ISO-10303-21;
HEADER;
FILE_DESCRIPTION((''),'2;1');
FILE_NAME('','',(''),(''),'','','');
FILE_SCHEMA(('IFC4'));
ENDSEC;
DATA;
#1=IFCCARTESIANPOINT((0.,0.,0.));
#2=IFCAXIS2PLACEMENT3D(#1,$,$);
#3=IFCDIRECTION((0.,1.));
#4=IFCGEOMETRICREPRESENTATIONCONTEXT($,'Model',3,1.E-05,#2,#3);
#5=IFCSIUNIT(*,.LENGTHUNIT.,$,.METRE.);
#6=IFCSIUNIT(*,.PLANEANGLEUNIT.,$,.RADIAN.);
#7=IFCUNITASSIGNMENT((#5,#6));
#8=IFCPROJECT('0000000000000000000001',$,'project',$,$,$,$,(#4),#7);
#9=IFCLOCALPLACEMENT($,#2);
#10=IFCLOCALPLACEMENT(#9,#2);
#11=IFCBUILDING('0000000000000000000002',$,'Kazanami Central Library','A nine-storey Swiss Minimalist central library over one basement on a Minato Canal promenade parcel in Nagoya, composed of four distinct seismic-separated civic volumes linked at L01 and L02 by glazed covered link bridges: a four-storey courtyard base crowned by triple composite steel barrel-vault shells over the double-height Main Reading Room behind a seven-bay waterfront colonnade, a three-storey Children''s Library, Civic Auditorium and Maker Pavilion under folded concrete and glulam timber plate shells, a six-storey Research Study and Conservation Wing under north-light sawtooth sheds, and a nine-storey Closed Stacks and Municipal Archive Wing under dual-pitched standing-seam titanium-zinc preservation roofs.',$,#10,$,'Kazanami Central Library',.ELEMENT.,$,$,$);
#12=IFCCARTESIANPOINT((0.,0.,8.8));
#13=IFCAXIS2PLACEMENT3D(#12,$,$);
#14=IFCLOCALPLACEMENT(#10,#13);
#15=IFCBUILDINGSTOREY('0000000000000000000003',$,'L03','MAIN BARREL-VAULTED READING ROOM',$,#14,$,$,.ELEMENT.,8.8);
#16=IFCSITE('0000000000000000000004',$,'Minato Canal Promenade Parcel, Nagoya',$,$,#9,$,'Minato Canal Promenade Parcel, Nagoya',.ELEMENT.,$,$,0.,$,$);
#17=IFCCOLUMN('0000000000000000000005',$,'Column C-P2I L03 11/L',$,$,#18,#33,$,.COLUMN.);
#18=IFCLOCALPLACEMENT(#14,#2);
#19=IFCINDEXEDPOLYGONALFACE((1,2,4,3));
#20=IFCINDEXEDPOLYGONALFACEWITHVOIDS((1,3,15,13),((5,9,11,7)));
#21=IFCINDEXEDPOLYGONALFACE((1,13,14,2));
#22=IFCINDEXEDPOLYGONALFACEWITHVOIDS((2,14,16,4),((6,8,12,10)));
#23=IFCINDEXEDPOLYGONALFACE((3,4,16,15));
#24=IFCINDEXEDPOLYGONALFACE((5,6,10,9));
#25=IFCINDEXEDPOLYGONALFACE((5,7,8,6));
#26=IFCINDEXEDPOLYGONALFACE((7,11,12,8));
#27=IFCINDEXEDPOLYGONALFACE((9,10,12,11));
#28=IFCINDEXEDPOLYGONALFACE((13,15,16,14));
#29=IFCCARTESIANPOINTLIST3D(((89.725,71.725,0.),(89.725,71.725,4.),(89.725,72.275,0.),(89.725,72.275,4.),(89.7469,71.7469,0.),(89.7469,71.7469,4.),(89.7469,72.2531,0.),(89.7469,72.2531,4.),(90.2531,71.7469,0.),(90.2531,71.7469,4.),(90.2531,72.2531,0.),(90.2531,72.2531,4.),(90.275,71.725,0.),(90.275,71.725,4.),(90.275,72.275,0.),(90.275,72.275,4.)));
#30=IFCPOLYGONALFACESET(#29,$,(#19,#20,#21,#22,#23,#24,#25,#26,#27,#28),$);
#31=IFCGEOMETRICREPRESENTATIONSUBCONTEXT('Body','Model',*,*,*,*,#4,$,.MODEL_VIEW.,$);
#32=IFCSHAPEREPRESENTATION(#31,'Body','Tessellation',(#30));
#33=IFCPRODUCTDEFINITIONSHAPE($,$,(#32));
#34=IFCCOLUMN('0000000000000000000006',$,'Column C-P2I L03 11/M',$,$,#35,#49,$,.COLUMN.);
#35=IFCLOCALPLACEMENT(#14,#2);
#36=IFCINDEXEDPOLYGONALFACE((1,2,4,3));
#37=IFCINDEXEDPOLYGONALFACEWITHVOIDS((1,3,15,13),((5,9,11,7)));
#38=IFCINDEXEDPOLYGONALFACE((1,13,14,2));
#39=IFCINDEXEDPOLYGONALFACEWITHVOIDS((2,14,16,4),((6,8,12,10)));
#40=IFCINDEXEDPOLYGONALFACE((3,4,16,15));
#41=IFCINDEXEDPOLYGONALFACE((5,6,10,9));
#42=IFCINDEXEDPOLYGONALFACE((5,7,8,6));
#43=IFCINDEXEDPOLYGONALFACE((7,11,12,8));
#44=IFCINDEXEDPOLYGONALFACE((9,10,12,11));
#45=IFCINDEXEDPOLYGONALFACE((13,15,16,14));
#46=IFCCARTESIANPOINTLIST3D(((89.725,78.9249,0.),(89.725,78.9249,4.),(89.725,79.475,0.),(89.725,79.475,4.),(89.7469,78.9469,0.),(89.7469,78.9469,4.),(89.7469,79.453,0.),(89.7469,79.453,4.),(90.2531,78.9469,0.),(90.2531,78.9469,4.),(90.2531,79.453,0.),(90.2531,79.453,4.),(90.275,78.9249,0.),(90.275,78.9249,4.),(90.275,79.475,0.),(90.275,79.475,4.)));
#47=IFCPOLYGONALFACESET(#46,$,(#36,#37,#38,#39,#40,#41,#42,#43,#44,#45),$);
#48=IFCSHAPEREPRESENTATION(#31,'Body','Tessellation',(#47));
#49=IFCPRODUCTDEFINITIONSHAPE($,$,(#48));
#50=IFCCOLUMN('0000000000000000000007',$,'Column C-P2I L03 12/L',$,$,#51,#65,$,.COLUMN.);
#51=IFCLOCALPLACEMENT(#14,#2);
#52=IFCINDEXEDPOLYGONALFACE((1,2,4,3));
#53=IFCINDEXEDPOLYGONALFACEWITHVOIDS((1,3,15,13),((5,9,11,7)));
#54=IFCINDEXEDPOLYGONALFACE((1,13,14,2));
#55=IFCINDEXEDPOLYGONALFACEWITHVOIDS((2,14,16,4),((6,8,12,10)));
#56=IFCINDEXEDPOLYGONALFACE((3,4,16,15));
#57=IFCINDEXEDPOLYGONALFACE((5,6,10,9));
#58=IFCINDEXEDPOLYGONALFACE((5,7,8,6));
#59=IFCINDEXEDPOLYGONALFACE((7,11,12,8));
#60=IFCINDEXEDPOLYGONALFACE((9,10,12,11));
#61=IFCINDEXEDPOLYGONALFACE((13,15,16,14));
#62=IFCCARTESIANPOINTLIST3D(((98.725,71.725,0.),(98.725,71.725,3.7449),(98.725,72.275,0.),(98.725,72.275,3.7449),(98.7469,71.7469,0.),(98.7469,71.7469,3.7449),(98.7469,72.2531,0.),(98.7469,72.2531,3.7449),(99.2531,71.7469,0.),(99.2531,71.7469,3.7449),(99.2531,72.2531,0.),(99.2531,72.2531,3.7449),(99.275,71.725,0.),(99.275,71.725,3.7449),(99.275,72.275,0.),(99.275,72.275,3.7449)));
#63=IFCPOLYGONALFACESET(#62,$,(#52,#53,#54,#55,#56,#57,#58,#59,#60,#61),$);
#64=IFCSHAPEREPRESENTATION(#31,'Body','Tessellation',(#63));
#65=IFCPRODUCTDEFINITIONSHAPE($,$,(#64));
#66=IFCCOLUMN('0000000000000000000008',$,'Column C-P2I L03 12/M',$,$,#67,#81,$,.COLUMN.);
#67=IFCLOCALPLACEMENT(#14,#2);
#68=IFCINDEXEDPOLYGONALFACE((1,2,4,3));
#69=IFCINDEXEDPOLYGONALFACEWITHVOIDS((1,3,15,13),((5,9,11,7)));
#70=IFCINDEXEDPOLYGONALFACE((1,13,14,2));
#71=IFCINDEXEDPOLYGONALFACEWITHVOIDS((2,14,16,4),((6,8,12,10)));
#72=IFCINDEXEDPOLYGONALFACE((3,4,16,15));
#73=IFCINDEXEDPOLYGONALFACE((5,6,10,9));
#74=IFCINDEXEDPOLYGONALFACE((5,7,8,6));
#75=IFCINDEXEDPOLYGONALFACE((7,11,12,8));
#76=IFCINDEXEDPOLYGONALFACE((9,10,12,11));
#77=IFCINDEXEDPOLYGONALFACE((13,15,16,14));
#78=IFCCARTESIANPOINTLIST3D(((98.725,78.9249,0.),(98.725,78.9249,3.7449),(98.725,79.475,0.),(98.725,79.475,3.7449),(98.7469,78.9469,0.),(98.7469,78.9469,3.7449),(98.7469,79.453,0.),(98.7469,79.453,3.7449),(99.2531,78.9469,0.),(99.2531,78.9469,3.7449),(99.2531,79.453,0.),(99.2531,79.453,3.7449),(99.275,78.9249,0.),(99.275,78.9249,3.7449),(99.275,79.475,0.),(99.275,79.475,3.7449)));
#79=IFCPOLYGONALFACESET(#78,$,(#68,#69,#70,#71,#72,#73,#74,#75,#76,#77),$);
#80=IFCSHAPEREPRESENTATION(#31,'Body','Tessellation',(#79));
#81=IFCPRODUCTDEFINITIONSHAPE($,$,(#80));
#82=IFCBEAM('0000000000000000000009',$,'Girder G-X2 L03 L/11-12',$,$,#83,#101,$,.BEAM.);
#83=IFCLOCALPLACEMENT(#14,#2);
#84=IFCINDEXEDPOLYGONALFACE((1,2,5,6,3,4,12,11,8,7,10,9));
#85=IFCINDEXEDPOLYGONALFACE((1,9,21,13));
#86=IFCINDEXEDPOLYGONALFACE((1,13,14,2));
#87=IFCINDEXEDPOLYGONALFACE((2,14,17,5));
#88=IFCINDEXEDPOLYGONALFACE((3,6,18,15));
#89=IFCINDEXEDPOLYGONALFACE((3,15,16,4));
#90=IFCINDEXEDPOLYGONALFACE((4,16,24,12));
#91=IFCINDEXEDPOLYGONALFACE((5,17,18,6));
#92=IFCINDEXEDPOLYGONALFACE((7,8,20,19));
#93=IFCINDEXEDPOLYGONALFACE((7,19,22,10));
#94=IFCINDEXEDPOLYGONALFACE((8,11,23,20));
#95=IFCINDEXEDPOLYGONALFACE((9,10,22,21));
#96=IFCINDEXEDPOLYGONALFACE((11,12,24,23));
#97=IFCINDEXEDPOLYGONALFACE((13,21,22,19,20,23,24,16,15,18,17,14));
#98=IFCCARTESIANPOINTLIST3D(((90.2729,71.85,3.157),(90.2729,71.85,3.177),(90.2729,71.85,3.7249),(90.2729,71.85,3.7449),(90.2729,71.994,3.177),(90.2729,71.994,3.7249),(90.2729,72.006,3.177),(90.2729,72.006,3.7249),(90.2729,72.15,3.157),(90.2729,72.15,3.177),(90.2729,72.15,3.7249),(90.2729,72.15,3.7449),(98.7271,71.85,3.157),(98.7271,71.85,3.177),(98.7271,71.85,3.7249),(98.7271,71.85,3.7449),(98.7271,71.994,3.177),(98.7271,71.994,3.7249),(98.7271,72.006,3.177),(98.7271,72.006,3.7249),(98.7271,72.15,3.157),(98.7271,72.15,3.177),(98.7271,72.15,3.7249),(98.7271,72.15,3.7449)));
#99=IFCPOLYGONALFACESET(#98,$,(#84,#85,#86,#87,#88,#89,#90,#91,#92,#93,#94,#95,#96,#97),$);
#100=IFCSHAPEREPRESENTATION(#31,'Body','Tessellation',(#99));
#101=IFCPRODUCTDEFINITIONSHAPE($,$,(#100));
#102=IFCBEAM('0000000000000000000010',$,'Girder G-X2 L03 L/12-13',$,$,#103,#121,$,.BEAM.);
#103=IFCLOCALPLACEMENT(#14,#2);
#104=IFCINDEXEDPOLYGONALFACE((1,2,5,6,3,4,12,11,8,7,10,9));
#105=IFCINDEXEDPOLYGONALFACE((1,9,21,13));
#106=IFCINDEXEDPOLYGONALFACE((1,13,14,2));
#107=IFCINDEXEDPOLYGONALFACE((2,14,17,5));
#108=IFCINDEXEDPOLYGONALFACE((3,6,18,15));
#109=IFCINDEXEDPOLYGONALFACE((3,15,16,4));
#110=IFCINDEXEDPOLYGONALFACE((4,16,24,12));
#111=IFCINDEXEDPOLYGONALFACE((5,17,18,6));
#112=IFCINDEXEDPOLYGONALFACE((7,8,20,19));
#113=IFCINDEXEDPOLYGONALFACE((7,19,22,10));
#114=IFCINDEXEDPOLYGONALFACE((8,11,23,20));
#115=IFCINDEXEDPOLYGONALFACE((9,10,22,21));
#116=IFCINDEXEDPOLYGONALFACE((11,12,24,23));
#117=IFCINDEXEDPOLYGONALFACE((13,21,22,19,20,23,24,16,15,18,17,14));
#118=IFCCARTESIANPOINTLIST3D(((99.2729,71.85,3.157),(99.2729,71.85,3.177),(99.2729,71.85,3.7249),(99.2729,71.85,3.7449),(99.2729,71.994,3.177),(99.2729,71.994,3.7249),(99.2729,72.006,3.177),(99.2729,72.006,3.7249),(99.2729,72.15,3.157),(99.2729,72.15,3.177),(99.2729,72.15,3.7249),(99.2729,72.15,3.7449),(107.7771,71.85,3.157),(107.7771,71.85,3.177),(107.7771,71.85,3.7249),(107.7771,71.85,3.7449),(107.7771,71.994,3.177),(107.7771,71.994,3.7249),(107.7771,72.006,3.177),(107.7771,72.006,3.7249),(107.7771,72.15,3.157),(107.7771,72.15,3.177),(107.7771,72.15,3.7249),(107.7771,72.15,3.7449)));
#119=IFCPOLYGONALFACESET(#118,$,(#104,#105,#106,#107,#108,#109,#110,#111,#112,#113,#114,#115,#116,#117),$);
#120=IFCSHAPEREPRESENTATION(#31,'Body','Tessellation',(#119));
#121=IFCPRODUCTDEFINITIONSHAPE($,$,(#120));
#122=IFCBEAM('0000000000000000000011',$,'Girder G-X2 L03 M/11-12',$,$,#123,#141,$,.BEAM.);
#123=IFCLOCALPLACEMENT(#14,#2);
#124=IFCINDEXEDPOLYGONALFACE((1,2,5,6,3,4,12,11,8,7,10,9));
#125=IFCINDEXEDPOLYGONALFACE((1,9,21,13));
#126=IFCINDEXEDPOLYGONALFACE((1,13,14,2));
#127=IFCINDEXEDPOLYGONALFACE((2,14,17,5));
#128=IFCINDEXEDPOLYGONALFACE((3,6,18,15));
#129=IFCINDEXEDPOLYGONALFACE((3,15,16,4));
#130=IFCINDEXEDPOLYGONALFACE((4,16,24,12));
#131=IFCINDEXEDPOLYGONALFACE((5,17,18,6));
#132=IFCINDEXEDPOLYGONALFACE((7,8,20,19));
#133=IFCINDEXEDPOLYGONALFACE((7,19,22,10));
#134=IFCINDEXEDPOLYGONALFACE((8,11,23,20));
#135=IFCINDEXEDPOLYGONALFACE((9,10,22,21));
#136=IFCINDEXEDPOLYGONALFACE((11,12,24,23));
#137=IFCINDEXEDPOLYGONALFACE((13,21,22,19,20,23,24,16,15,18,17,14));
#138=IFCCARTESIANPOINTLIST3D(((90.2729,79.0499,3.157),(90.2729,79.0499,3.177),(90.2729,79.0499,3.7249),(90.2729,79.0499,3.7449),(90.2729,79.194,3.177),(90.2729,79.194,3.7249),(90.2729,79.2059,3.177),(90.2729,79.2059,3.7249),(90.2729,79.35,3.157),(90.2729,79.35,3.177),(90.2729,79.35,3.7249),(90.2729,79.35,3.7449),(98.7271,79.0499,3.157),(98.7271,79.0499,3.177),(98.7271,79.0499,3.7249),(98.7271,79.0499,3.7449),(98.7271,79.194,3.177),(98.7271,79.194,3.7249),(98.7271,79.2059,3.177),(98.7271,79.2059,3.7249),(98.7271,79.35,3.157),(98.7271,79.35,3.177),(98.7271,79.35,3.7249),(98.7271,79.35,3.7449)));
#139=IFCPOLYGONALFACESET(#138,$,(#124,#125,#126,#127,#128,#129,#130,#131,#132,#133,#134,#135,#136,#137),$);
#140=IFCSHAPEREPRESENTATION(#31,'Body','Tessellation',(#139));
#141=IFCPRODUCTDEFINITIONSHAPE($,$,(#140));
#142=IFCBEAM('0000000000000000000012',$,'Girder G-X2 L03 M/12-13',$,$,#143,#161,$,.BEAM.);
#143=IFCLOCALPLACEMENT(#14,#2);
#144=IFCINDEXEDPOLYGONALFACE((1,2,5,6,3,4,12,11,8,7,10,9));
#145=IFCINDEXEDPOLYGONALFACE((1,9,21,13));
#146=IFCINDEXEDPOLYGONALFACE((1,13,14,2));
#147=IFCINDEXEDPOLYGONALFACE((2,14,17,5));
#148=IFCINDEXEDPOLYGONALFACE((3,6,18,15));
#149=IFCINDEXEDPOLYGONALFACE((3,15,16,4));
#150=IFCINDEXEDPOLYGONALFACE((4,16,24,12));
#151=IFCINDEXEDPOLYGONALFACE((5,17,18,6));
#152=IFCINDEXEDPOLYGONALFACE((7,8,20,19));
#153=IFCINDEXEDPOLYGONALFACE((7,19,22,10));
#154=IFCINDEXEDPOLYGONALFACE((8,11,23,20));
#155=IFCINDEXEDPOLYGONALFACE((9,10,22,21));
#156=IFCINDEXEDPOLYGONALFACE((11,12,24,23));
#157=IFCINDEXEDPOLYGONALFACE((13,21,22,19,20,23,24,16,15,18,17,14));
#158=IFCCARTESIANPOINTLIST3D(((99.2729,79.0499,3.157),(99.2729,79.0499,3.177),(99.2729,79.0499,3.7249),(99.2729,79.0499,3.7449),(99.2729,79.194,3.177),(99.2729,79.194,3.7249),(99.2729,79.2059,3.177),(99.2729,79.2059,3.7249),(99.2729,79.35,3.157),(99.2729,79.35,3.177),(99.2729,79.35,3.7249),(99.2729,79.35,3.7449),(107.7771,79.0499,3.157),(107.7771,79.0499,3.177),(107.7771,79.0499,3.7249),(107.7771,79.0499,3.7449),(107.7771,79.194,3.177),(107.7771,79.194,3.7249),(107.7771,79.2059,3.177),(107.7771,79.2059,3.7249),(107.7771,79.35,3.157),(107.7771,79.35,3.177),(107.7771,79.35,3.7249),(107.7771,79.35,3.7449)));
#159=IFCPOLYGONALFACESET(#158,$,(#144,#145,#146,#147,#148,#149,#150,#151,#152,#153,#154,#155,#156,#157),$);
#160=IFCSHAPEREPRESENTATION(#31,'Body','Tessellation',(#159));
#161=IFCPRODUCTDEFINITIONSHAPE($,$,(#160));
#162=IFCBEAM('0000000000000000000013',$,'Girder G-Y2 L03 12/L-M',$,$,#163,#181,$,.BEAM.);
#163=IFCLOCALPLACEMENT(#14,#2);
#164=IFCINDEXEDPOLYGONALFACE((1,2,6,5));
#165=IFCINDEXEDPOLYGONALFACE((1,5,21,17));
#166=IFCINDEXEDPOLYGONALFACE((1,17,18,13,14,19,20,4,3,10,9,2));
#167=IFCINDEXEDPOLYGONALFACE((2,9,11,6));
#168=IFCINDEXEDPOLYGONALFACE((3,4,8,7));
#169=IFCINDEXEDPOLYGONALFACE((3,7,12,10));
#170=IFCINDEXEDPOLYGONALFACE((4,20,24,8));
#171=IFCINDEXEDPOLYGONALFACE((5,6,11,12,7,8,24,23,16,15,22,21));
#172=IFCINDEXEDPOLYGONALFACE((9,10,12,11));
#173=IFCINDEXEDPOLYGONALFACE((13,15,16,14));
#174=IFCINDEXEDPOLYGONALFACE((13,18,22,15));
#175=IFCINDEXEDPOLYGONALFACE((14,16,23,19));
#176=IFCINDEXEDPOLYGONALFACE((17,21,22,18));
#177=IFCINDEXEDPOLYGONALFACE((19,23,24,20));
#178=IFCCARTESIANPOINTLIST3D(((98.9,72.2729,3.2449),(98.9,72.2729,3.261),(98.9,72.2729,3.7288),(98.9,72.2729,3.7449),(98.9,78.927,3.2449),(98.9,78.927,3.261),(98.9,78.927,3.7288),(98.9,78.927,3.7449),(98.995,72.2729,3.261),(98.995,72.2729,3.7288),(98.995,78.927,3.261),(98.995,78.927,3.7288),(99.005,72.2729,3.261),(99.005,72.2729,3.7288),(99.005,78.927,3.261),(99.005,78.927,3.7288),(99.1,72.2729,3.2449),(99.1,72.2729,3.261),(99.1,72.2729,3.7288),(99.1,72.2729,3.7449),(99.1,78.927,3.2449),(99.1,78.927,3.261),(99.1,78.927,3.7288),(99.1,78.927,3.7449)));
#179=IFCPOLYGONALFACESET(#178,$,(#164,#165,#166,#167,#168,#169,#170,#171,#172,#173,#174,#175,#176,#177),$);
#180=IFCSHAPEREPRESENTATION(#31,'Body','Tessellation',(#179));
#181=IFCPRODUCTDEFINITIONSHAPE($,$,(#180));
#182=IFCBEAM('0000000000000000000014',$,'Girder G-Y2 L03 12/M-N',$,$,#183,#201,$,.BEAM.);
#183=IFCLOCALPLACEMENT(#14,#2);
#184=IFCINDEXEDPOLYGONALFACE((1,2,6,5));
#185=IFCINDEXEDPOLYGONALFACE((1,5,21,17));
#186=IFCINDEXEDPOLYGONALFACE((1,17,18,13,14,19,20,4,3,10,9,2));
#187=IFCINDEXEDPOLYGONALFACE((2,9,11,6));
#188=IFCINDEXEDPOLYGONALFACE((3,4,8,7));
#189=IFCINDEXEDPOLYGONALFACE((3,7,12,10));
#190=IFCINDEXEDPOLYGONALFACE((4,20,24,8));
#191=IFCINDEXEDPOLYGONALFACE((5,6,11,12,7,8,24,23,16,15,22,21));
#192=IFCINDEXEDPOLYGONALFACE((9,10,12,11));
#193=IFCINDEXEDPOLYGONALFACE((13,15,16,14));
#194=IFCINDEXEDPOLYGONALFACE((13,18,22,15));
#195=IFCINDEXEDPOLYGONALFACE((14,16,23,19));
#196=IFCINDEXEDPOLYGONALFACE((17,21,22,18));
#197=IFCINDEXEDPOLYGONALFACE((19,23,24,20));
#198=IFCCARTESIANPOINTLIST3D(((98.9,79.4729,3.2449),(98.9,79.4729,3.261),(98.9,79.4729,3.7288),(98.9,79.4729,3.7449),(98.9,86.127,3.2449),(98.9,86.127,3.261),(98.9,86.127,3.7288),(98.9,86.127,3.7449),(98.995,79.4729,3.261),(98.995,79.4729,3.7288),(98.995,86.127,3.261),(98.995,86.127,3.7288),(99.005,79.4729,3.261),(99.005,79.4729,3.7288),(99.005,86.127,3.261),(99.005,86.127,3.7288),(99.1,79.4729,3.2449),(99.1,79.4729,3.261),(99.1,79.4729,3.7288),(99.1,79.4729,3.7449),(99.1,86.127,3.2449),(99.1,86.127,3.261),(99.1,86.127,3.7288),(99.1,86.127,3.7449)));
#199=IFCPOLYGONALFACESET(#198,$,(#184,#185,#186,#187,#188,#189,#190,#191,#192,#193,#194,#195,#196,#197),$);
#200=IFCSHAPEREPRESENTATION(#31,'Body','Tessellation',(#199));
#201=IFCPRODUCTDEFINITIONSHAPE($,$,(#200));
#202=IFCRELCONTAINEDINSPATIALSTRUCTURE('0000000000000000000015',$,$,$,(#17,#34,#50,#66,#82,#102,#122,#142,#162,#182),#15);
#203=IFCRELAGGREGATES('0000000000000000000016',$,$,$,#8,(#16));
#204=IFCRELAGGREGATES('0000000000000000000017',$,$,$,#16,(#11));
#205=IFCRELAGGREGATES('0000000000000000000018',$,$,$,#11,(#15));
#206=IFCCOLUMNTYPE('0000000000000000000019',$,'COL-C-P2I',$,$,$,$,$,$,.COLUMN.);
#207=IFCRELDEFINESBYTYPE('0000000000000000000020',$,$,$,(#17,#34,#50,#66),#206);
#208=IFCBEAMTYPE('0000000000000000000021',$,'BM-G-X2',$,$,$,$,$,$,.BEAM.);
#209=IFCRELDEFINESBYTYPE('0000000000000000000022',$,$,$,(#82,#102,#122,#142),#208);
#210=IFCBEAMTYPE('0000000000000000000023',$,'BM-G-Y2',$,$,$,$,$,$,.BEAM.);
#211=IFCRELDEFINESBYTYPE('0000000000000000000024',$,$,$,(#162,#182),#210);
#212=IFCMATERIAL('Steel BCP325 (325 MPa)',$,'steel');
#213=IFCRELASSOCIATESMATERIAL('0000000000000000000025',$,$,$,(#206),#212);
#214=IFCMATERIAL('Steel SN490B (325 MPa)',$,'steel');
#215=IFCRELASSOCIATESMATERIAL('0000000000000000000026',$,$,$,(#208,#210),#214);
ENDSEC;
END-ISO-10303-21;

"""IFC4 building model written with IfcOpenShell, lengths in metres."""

from ifc_helpers import new_model, si_unit, direction, frame, origin, origin_2d, place, context, subcontext, project, spatial, hollow_rectangle, i_section, extrude, material, material_profile, profile_set, type_object, element, save


model = new_model("IFC4")

# Units and contexts
model_context = context("Model", 3, precision=1e-05, world=origin(), true_north=direction((0.0, 1.0)))
body_context = subcontext(model_context, "Body", "Model", "MODEL_VIEW")
ifc_project = project(units=[si_unit("LENGTHUNIT", "METRE"), si_unit("PLANEANGLEUNIT", "RADIAN")], contexts=[model_context])

# Site, building, storey
site_placement = place(None, origin())
site = spatial("IfcSite", under=ifc_project, at=site_placement, Name="Minato Canal Promenade Parcel, Nagoya", LongName="Minato Canal Promenade Parcel, Nagoya", CompositionType="ELEMENT", RefElevation=0.0)
building_placement = place(site_placement, origin())
building = spatial("IfcBuilding", under=site, at=building_placement, Name="Kazanami Central Library", Description="A nine-storey Swiss Minimalist central library over one basement on a Minato Canal promenade parcel in Nagoya, composed of four distinct seismic-separated civic volumes linked at L01 and L02 by glazed covered link bridges: a four-storey courtyard base crowned by triple composite steel barrel-vault shells over the double-height Main Reading Room behind a seven-bay waterfront colonnade, a three-storey Children's Library, Civic Auditorium and Maker Pavilion under folded concrete and glulam timber plate shells, a six-storey Research Study and Conservation Wing under north-light sawtooth sheds, and a nine-storey Closed Stacks and Municipal Archive Wing under dual-pitched standing-seam titanium-zinc preservation roofs.", LongName="Kazanami Central Library", CompositionType="ELEMENT")
storey_placement = place(building_placement, frame((0.0, 0.0, 8.8)))
storey = spatial("IfcBuildingStorey", under=building, at=storey_placement, Name="L03", Description="MAIN BARREL-VAULTED READING ROOM", CompositionType="ELEMENT", Elevation=8.8)

# Columns
ifc_material_1 = material(Name="Steel BCP325 (325 MPa)", Category="steel")
ifc_material_profile_1 = material_profile(ifc_material_1, hollow_rectangle(XDim=0.55, YDim=0.55, WallThickness=0.022, at=origin_2d()), Name="BCP-550x550x22")
ifc_profile_set_1 = profile_set([ifc_material_profile_1], Name="Steel BCP325 (325 MPa)")
column_type = type_object("IfcColumnType", Name="COL-C-P2I", PredefinedType="COLUMN", material=ifc_profile_set_1)
for number, where, z_axis, x_axis, name in (
    (1, (90.0, 72.0, 0.0), (0.0, 0.0, 1.0), (1.0, 0.0, 0.0), "Column C-P2I L03 11/L"),
    (2, (90.0, 79.2, 0.0), (0.0, 0.0, 1.0), (1.0, 0.0, 0.0), "Column C-P2I L03 11/M"),
):
    element("IfcColumn", number, at=place(storey_placement, frame(where, z_axis=z_axis, x_axis=x_axis)), inside=storey, type_object=column_type, Name=name, PredefinedType="COLUMN", context=body_context, shape_type="SweptSolid", body=[
        extrude(hollow_rectangle(XDim=0.55, YDim=0.55, WallThickness=0.022, at=origin_2d()), origin(), (0.0, 0.0, 1.0), 4.0),
    ])
for number, where, z_axis, x_axis, name in (
    (3, (99.0, 72.0, 0.0), (0.0, 0.0, 1.0), (1.0, 0.0, 0.0), "Column C-P2I L03 12/L"),
    (4, (99.0, 79.2, 0.0), (0.0, 0.0, 1.0), (1.0, 0.0, 0.0), "Column C-P2I L03 12/M"),
):
    element("IfcColumn", number, at=place(storey_placement, frame(where, z_axis=z_axis, x_axis=x_axis)), inside=storey, type_object=column_type, Name=name, PredefinedType="COLUMN", context=body_context, shape_type="SweptSolid", body=[
        extrude(hollow_rectangle(XDim=0.55, YDim=0.55, WallThickness=0.022, at=origin_2d()), origin(), (0.0, 0.0, 1.0), 3.7449),
    ])

# Beams
ifc_material_2 = material(Name="Steel SN490B (325 MPa)", Category="steel")
ifc_material_profile_2 = material_profile(ifc_material_2, i_section(OverallWidth=0.3, OverallDepth=0.5879, WebThickness=0.012, FlangeThickness=0.02, at=origin_2d()), Name="H-588x300x12x20")
ifc_profile_set_2 = profile_set([ifc_material_profile_2], Name="Steel SN490B (325 MPa)")
beam_type_1 = type_object("IfcBeamType", Name="BM-G-X2", PredefinedType="BEAM", material=ifc_profile_set_2)
beam_1_placement = place(storey_placement, frame((90.2729, 72.0, 3.4509), z_axis=(1.0, 0.0, 0.0), x_axis=(0.0, 1.0, 0.0)))
element("IfcBeam", 5, at=beam_1_placement, inside=storey, type_object=beam_type_1, Name="Girder G-X2 L03 L/11-12", PredefinedType="BEAM", context=body_context, shape_type="SweptSolid", body=[
    extrude(i_section(OverallWidth=0.3, OverallDepth=0.5879, WebThickness=0.012, FlangeThickness=0.02, at=origin_2d()), origin(), (0.0, 0.0, 1.0), 8.4541),
])
beam_2_placement = place(storey_placement, frame((99.2729, 72.0, 3.4509), z_axis=(1.0, 0.0, 0.0), x_axis=(0.0, 1.0, 0.0)))
element("IfcBeam", 6, at=beam_2_placement, inside=storey, type_object=beam_type_1, Name="Girder G-X2 L03 L/12-13", PredefinedType="BEAM", context=body_context, shape_type="SweptSolid", body=[
    extrude(i_section(OverallWidth=0.3, OverallDepth=0.5879, WebThickness=0.012, FlangeThickness=0.02, at=origin_2d()), origin(), (0.0, 0.0, 1.0), 8.5042),
])
beam_3_placement = place(storey_placement, frame((90.2729, 79.2, 3.4509), z_axis=(1.0, 0.0, 0.0), x_axis=(0.0, 1.0, 0.0)))
element("IfcBeam", 7, at=beam_3_placement, inside=storey, type_object=beam_type_1, Name="Girder G-X2 L03 M/11-12", PredefinedType="BEAM", context=body_context, shape_type="SweptSolid", body=[
    extrude(i_section(OverallWidth=0.3, OverallDepth=0.5879, WebThickness=0.012, FlangeThickness=0.02, at=origin_2d()), origin(), (0.0, 0.0, 1.0), 8.4541),
])
beam_4_placement = place(storey_placement, frame((99.2729, 79.2, 3.4509), z_axis=(1.0, 0.0, 0.0), x_axis=(0.0, 1.0, 0.0)))
element("IfcBeam", 8, at=beam_4_placement, inside=storey, type_object=beam_type_1, Name="Girder G-X2 L03 M/12-13", PredefinedType="BEAM", context=body_context, shape_type="SweptSolid", body=[
    extrude(i_section(OverallWidth=0.3, OverallDepth=0.5879, WebThickness=0.012, FlangeThickness=0.02, at=origin_2d()), origin(), (0.0, 0.0, 1.0), 8.5042),
])
ifc_material_profile_3 = material_profile(ifc_material_2, i_section(OverallWidth=0.2, OverallDepth=0.5, WebThickness=0.01, FlangeThickness=0.0161, at=origin_2d()), Name="H-500x200x10x16")
ifc_profile_set_3 = profile_set([ifc_material_profile_3], Name="Steel SN490B (325 MPa)")
beam_type_2 = type_object("IfcBeamType", Name="BM-G-Y2", PredefinedType="BEAM", material=ifc_profile_set_3)
for number, where, z_axis, x_axis, name in (
    (9, (99.0, 72.2729, 3.4949), (0.0, 1.0, 0.0), (-1.0, 0.0, 0.0), "Girder G-Y2 L03 12/L-M"),
    (10, (99.0, 79.4729, 3.4949), (0.0, 1.0, 0.0), (-1.0, 0.0, 0.0), "Girder G-Y2 L03 12/M-N"),
):
    element("IfcBeam", number, at=place(storey_placement, frame(where, z_axis=z_axis, x_axis=x_axis)), inside=storey, type_object=beam_type_2, Name=name, PredefinedType="BEAM", context=body_context, shape_type="SweptSolid", body=[
        extrude(i_section(OverallWidth=0.2, OverallDepth=0.5, WebThickness=0.01, FlangeThickness=0.0161, at=origin_2d()), origin(), (0.0, 0.0, 1.0), 6.6541),
    ])

save(model, "model.ifc")
